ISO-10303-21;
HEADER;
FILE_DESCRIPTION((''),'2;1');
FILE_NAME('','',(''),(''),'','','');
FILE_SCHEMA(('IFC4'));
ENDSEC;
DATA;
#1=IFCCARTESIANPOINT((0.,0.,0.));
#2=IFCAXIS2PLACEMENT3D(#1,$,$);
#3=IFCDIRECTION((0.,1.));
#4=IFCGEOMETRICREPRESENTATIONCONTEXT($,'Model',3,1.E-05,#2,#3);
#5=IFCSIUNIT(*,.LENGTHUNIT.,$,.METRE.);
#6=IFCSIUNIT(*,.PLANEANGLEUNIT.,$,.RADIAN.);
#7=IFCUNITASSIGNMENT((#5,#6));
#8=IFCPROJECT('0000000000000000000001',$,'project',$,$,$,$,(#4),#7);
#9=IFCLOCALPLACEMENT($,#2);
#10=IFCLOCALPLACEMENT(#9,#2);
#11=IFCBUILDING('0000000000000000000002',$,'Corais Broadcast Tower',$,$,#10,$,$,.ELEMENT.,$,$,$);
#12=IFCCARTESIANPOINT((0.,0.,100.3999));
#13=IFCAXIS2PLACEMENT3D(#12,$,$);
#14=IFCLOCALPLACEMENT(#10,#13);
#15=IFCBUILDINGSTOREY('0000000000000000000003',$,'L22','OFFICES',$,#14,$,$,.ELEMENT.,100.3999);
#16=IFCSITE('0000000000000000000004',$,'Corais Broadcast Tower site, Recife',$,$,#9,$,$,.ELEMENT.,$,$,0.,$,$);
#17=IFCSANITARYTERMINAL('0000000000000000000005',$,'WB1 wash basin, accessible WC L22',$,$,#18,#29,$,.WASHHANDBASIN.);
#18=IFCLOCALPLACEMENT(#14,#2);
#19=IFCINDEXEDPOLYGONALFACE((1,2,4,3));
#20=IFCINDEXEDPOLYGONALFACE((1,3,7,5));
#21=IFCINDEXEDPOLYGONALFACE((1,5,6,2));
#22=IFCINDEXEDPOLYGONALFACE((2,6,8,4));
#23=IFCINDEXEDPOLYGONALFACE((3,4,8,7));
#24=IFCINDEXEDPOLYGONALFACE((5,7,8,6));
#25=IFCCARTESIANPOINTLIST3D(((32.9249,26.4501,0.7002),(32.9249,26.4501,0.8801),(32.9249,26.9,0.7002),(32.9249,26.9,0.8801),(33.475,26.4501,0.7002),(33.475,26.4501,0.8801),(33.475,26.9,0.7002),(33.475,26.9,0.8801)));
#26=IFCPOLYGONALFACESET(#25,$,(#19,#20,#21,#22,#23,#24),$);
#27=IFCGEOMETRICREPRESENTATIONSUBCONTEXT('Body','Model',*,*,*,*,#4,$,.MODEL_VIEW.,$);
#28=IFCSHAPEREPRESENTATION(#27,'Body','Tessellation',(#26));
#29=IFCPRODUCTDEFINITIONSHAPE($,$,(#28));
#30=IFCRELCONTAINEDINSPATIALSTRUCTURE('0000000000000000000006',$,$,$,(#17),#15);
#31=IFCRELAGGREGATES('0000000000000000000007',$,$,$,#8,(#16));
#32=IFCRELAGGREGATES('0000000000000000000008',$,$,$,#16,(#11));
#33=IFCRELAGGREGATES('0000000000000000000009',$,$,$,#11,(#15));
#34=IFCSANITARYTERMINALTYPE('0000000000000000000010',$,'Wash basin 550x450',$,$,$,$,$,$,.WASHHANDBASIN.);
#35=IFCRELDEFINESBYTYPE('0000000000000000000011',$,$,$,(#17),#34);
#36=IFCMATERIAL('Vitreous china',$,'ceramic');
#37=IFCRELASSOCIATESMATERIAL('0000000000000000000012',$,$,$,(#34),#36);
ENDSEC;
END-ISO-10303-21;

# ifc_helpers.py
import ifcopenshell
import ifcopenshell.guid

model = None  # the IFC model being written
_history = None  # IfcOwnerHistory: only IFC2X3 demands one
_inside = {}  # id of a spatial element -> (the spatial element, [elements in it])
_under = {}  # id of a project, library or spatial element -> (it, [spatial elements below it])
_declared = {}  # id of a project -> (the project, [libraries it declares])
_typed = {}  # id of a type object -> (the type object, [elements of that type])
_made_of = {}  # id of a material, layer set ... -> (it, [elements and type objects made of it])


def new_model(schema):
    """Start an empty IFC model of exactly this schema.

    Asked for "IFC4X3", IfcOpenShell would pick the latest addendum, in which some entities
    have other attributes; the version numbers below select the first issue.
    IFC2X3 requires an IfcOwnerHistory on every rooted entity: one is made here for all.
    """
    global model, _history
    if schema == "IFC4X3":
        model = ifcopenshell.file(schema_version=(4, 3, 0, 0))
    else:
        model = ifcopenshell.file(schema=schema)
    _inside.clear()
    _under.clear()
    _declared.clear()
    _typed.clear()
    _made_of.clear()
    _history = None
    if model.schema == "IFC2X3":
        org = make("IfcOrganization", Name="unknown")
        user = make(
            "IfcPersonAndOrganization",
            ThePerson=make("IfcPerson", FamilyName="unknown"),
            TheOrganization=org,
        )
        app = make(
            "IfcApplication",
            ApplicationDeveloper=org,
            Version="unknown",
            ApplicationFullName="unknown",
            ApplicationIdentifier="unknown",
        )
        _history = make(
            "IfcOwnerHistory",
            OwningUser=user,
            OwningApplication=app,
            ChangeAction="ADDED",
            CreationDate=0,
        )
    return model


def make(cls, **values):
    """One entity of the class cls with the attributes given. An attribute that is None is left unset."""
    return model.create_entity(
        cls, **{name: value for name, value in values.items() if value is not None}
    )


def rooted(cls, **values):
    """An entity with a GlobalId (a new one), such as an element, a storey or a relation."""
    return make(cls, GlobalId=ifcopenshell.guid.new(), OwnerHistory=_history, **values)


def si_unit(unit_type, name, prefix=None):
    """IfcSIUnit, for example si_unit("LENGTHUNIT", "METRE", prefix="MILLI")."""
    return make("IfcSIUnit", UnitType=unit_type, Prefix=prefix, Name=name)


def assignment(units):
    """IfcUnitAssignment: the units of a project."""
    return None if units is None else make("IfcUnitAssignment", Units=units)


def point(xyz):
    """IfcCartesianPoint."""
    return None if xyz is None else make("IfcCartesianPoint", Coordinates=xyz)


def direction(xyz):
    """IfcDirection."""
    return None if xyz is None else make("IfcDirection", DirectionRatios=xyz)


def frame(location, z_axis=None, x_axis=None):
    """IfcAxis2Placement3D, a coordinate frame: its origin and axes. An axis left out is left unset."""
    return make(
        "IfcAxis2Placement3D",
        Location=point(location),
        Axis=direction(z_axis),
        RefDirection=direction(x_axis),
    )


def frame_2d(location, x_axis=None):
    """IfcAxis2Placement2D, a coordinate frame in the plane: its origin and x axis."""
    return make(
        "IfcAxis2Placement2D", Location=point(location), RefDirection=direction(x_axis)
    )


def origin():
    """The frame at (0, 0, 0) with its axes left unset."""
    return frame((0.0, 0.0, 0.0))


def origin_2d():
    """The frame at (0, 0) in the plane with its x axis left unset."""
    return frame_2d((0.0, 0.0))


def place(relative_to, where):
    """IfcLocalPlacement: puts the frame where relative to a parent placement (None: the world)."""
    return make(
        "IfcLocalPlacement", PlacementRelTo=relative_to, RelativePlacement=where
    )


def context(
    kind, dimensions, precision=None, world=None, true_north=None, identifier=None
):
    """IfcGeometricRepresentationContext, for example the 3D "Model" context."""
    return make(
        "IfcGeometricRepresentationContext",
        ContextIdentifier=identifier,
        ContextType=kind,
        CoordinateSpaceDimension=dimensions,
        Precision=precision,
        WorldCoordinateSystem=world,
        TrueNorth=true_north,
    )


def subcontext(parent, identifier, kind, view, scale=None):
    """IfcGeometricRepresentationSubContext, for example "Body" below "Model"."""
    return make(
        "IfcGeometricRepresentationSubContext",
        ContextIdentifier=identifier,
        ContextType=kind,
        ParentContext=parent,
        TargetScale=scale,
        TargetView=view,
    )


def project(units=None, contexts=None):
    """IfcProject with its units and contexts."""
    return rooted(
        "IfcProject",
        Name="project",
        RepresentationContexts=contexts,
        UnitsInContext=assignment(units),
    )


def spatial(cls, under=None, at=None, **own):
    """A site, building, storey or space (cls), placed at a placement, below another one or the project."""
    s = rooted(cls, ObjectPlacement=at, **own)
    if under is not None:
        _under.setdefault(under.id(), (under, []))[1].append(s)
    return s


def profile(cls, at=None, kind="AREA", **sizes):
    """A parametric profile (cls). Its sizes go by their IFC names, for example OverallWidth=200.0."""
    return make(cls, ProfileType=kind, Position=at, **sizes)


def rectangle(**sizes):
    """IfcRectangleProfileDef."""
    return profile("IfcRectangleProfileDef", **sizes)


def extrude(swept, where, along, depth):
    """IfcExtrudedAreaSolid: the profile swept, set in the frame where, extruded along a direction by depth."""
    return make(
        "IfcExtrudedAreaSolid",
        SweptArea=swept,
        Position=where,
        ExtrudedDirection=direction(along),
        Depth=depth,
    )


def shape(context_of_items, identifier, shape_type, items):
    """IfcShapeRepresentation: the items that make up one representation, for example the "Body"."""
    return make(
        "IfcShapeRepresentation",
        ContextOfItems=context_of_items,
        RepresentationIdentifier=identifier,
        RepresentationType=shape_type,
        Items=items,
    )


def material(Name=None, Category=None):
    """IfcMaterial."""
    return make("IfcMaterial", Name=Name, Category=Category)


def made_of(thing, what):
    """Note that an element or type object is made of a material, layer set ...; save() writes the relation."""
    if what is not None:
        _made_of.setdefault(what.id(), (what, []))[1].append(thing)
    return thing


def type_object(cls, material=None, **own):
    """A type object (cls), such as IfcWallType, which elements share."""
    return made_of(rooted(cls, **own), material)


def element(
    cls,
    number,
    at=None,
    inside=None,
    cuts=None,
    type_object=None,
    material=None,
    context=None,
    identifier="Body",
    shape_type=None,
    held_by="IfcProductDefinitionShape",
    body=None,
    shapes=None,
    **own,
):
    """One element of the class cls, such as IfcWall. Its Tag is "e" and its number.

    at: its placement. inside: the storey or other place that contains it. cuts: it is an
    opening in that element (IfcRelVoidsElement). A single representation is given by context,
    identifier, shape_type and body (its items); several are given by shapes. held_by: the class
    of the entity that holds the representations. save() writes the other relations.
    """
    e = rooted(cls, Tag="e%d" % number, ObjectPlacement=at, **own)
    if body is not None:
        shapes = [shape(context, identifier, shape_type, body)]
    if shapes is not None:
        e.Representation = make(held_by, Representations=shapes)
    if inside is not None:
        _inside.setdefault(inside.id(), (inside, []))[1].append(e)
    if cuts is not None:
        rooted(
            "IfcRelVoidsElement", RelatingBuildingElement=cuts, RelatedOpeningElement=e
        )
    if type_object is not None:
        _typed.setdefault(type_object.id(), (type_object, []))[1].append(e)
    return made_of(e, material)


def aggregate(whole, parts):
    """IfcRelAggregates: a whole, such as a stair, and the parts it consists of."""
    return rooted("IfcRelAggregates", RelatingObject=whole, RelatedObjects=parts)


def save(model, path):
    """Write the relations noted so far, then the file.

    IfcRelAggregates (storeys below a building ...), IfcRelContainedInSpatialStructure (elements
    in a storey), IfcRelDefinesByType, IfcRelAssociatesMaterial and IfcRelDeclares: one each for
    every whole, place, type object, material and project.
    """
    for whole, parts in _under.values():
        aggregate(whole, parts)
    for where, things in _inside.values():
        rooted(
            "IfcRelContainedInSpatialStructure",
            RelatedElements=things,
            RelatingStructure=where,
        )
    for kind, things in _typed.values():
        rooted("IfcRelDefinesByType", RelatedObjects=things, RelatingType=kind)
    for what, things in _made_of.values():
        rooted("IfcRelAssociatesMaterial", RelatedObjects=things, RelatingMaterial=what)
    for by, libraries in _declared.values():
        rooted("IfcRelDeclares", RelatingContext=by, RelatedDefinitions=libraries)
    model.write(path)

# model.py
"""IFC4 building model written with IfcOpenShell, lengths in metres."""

from ifc_helpers import new_model, si_unit, direction, frame, origin, origin_2d, place, context, subcontext, project, spatial, rectangle, extrude, material, type_object, element, save


model = new_model("IFC4")

# Units and contexts
model_context = context("Model", 3, precision=1e-05, world=origin(), true_north=direction((0.0, 1.0)))
body_context = subcontext(model_context, "Body", "Model", "MODEL_VIEW")
ifc_project = project(units=[si_unit("LENGTHUNIT", "METRE"), si_unit("PLANEANGLEUNIT", "RADIAN")], contexts=[model_context])

# Site, building, storey
site_placement = place(None, origin())
site = spatial("IfcSite", under=ifc_project, at=site_placement, Name="Corais Broadcast Tower site, Recife", CompositionType="ELEMENT", RefElevation=0.0)
building_placement = place(site_placement, origin())
building = spatial("IfcBuilding", under=site, at=building_placement, Name="Corais Broadcast Tower", CompositionType="ELEMENT")
storey_placement = place(building_placement, frame((0.0, 0.0, 100.3999)))
storey = spatial("IfcBuildingStorey", under=building, at=storey_placement, Name="L22", Description="OFFICES", CompositionType="ELEMENT", Elevation=100.3999)

# Sanitary terminal
ifc_material_1 = material(Name="Vitreous china", Category="ceramic")
sanitary_terminal_type_1 = type_object("IfcSanitaryTerminalType", Name="Wash basin 550x450", PredefinedType="WASHHANDBASIN", material=ifc_material_1)
sanitary_terminal_placement = place(storey_placement, frame((33.2, 26.675, 0.7002), z_axis=(0.0, 0.0, 1.0), x_axis=(1.0, 0.0, 0.0)))
element("IfcSanitaryTerminal", 1, at=sanitary_terminal_placement, inside=storey, type_object=sanitary_terminal_type_1, Name="WB1 wash basin, accessible WC L22", PredefinedType="WASHHANDBASIN", context=body_context, shape_type="SweptSolid", body=[
    extrude(rectangle(XDim=0.55, YDim=0.45, at=origin_2d()), origin(), (0.0, 0.0, 1.0), 0.1799),
])

save(model, "model.ifc")
